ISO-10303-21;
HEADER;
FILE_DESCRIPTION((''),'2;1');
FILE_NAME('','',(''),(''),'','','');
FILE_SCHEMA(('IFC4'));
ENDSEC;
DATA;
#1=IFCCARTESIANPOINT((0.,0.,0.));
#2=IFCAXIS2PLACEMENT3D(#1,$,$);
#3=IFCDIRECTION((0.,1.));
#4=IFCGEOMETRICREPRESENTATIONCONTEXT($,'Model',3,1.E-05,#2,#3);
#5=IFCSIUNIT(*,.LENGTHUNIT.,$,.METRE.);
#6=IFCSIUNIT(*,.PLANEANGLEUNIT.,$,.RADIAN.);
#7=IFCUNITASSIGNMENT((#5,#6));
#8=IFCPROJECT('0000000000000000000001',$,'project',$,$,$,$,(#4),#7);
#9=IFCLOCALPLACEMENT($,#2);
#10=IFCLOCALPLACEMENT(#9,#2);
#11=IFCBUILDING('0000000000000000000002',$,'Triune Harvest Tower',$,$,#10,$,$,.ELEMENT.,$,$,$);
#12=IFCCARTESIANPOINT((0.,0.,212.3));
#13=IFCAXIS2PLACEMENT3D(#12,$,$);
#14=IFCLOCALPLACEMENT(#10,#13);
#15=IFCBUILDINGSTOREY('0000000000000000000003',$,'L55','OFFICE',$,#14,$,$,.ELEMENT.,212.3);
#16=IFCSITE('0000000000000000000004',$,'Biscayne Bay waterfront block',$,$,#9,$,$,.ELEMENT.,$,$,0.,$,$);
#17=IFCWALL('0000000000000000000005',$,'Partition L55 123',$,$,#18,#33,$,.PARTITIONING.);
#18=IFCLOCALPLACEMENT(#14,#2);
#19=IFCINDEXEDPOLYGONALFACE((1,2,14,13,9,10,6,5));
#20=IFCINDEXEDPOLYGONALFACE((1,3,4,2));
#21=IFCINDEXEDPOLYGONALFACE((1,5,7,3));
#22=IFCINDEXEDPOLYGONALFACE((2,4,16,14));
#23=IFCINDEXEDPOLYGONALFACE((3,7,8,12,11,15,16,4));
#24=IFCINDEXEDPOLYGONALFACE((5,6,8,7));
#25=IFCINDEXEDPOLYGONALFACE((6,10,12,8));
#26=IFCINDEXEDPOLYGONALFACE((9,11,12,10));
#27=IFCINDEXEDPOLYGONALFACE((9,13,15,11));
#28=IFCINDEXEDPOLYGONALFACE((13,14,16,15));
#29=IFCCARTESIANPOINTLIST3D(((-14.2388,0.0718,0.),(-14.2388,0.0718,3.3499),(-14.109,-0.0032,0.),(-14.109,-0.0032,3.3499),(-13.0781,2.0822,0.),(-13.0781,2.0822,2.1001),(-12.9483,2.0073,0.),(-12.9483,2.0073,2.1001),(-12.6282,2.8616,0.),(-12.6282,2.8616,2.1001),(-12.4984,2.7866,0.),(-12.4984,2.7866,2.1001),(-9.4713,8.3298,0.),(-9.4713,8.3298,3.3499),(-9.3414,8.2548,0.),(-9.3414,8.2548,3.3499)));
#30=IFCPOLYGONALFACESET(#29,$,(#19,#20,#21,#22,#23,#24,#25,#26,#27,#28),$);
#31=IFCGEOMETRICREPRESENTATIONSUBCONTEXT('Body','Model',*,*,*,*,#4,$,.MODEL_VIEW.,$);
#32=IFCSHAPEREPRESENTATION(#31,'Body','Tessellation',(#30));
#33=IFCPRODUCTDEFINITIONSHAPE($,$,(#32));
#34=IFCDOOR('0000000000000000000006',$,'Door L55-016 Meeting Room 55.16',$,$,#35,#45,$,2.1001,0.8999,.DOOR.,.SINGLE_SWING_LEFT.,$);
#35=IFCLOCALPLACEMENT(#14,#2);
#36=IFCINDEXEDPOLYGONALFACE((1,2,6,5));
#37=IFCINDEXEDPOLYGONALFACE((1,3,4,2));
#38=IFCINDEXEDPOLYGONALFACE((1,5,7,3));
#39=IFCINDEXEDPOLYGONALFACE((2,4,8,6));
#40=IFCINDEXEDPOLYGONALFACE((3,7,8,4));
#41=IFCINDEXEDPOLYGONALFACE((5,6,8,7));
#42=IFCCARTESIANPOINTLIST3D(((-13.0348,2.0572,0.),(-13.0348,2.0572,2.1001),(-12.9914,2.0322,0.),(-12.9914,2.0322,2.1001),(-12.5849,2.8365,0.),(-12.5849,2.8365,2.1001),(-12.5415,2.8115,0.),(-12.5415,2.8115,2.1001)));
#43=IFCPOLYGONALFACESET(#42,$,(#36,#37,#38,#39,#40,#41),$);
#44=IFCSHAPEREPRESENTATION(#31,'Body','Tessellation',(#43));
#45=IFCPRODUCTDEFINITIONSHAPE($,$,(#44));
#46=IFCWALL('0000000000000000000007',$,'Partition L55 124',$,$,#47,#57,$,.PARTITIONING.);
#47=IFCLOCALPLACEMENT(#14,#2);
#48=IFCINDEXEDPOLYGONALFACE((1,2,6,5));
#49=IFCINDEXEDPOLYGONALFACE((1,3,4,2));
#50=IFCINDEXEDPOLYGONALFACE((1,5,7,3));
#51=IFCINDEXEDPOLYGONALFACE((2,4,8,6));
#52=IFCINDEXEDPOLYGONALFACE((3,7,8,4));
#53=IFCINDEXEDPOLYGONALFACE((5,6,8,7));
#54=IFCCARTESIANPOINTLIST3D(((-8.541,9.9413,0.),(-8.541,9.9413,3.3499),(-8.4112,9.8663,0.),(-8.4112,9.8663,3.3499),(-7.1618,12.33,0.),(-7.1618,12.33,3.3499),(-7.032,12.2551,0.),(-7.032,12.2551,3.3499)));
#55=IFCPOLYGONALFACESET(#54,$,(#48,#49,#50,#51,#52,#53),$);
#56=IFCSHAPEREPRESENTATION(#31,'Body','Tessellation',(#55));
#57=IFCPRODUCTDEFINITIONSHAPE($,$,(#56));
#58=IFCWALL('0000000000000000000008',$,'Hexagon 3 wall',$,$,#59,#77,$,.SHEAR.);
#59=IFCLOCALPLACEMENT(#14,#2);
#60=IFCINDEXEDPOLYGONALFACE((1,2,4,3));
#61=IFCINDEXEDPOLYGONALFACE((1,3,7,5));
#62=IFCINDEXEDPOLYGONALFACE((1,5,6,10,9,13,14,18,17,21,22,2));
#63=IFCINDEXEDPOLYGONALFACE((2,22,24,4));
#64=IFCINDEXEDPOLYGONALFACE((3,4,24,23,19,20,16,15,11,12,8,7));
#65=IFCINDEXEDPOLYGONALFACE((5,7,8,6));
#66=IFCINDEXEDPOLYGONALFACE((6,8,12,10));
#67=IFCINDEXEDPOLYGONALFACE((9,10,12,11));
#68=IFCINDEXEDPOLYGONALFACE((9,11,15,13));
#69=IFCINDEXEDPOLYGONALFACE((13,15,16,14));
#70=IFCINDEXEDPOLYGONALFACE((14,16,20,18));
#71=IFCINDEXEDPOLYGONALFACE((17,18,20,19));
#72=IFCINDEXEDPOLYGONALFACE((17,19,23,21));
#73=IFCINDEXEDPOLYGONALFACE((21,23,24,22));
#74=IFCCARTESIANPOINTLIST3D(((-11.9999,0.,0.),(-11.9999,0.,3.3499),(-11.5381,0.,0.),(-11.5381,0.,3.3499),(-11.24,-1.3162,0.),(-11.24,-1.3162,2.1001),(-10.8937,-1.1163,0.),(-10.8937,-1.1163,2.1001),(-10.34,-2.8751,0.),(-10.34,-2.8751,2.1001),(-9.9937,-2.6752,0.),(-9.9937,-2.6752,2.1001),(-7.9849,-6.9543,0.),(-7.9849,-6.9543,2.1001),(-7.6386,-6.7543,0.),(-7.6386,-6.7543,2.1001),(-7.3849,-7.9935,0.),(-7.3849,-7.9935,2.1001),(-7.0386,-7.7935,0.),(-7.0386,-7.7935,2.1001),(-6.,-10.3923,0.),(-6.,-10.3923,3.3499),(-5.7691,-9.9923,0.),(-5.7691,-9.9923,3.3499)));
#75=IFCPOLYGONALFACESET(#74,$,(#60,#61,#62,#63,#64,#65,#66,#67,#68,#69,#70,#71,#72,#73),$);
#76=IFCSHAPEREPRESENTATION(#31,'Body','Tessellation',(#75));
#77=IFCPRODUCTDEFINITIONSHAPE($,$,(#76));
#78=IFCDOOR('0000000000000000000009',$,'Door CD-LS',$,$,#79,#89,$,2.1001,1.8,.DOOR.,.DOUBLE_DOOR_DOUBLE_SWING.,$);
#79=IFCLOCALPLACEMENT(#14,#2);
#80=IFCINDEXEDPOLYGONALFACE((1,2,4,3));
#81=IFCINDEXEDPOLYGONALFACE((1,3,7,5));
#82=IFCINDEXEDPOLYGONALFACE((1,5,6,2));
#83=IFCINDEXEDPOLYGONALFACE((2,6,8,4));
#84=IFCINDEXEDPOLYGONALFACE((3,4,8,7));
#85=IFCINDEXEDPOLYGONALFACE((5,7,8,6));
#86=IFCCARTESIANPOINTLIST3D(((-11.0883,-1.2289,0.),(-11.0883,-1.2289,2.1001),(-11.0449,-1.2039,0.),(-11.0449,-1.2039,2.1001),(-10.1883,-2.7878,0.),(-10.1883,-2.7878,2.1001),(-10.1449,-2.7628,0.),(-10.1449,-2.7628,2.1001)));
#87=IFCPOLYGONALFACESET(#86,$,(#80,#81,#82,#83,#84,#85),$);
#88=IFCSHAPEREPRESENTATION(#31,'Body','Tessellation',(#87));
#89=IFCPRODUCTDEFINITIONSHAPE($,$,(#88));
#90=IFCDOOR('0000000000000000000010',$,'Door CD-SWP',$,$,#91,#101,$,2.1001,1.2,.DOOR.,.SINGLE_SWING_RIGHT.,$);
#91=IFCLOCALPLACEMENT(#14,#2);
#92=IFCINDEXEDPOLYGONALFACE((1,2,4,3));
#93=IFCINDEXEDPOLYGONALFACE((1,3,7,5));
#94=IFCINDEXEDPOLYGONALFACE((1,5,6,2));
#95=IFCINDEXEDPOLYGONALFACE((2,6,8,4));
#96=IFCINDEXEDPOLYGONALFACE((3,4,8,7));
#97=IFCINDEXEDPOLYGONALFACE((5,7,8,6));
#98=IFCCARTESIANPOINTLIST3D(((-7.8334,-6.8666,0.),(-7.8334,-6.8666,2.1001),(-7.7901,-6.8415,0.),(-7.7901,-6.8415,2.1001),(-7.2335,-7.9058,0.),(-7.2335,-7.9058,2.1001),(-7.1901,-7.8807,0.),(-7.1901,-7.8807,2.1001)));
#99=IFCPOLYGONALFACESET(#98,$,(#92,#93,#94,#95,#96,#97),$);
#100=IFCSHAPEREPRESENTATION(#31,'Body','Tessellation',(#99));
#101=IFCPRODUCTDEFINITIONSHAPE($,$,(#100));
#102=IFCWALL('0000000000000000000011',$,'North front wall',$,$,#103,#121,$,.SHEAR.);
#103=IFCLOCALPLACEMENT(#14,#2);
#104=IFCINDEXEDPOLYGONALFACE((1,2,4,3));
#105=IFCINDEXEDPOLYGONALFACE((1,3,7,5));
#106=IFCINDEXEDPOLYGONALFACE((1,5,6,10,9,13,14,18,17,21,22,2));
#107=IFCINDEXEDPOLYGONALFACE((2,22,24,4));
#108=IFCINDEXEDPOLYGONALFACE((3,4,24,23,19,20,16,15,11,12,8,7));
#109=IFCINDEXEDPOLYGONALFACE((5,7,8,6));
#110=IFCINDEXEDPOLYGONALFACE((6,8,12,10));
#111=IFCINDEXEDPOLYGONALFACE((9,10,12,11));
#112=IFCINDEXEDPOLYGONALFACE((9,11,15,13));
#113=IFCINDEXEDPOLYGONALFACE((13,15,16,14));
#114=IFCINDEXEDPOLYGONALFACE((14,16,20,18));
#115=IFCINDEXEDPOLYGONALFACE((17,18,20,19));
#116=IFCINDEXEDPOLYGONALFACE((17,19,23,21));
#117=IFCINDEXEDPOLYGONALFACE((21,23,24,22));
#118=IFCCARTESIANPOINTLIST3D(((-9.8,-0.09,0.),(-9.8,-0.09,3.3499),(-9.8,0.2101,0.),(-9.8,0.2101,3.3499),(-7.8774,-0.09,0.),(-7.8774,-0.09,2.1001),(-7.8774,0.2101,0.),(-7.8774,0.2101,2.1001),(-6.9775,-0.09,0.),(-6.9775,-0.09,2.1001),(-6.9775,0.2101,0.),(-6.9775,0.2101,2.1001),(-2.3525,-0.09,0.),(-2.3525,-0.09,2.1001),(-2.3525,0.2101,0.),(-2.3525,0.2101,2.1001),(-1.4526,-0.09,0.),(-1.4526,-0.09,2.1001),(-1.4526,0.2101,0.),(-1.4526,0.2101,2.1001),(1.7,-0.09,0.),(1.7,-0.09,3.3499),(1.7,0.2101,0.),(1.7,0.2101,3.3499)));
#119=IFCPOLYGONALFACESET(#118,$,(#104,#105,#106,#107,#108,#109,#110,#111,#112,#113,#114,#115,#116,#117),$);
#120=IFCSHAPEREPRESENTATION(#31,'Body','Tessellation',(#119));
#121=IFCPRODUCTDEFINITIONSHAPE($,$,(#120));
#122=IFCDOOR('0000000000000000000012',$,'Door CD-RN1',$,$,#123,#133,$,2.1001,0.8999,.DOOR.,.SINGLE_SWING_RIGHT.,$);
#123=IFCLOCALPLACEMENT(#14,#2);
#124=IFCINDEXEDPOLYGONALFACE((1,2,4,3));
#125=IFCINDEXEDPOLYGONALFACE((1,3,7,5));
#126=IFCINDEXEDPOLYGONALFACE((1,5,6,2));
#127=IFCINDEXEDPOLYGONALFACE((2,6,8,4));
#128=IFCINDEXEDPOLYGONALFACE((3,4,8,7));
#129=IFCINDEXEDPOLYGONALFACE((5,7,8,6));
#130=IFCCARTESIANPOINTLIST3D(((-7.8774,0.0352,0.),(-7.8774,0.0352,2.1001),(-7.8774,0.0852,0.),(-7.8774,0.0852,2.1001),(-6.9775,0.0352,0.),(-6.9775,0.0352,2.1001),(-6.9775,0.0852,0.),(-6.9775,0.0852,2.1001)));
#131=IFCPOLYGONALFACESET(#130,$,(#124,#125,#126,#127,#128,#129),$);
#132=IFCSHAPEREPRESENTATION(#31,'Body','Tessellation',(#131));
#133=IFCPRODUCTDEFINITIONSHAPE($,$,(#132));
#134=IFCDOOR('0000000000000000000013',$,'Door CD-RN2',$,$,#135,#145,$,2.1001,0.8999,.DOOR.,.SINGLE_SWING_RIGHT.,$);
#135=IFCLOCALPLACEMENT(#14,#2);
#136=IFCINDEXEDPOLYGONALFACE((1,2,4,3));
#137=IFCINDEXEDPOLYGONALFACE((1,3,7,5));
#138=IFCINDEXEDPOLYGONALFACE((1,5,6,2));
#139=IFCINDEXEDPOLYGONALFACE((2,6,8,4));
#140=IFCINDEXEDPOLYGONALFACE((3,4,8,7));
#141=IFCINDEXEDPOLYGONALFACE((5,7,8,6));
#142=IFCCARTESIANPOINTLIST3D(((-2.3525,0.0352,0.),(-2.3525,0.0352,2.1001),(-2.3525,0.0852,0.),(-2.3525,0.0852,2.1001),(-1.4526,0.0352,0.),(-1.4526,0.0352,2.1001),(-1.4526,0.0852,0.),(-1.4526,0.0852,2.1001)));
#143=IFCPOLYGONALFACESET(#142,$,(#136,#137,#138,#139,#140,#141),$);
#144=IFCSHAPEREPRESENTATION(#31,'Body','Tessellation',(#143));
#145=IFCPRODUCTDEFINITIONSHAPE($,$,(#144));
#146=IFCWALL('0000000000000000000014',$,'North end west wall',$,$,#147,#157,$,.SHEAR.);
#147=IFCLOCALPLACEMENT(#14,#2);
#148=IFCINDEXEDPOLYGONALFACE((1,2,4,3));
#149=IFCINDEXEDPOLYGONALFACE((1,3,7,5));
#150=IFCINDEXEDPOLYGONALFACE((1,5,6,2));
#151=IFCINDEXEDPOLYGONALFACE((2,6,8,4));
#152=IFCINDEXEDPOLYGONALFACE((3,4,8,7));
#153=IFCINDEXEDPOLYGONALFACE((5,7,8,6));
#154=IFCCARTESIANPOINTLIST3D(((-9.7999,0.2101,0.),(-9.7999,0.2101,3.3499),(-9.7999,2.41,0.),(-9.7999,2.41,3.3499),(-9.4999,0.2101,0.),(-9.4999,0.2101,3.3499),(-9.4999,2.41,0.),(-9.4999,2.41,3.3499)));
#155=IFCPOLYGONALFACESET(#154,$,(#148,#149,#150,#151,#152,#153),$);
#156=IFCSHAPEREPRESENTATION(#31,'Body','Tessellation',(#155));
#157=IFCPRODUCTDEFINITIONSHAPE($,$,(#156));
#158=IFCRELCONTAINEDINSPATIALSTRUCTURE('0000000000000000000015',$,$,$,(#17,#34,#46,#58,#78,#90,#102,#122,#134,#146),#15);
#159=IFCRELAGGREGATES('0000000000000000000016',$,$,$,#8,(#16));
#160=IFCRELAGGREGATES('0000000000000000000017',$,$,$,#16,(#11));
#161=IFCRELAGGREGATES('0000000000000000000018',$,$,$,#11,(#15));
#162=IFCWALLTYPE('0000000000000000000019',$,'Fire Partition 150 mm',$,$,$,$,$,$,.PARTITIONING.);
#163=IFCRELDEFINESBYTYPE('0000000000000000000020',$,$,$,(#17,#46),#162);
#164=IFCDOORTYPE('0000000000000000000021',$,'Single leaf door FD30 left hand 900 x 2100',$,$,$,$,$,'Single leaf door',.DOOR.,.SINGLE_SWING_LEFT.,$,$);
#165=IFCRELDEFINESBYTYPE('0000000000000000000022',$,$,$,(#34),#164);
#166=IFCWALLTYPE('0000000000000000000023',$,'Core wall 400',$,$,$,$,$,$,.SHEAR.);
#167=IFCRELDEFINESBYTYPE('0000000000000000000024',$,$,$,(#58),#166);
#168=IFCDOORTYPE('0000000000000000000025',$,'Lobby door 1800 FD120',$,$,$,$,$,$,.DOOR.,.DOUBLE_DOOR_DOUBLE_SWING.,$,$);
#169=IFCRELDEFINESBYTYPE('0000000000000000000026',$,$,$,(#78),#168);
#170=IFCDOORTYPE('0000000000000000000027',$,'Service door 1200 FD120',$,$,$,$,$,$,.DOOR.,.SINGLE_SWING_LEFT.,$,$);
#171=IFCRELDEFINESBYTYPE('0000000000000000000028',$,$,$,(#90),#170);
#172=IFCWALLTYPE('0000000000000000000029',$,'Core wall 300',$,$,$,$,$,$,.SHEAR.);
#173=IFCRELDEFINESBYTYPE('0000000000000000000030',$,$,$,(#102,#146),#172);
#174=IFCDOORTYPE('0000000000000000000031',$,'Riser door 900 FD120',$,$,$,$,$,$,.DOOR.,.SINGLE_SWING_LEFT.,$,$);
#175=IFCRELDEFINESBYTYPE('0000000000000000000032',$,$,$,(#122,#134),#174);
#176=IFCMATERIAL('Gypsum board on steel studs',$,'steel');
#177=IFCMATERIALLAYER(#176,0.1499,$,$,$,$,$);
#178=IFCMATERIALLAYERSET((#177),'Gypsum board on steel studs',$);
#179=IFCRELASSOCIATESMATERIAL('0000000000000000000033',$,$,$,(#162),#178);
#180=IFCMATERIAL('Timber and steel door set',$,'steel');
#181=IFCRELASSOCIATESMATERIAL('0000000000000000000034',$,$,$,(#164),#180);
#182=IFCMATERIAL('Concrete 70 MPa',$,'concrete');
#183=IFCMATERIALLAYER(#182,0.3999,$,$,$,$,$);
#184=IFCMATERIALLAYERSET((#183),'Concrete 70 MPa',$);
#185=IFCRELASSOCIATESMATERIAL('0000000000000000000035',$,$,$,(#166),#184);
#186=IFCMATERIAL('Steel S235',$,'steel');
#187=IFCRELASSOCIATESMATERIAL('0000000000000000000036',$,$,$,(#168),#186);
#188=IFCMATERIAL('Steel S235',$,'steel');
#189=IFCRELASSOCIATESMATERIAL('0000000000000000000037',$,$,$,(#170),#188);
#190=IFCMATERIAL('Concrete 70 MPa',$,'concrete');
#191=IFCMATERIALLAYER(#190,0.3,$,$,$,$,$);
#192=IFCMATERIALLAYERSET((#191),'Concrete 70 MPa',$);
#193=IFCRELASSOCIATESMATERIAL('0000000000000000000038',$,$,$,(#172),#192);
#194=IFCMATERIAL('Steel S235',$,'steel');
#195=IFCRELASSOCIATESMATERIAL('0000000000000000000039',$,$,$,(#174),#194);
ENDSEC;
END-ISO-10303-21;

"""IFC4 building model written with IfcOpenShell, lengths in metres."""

from ifc_helpers import new_model, si_unit, direction, frame, frame_2d, origin, place, context, subcontext, project, spatial, polyline, rectangle, outline, extrude, source, transform, mapped, material, layer, layer_set, type_object, element, fill, save


model = new_model("IFC4")

# Units and contexts
model_context = context("Model", 3, precision=1e-05, world=origin(), true_north=direction((0.0, 1.0)))
body_context = subcontext(model_context, "Body", "Model", "MODEL_VIEW")
ifc_project = project(units=[si_unit("LENGTHUNIT", "METRE"), si_unit("PLANEANGLEUNIT", "RADIAN")], contexts=[model_context])

# Site, building, storey
site_placement = place(None, origin())
site = spatial("IfcSite", under=ifc_project, at=site_placement, Name="Biscayne Bay waterfront block", CompositionType="ELEMENT", RefElevation=0.0)
building_placement = place(site_placement, origin())
building = spatial("IfcBuilding", under=site, at=building_placement, Name="Triune Harvest Tower", CompositionType="ELEMENT")
storey_placement = place(building_placement, frame((0.0, 0.0, 212.3)))
storey = spatial("IfcBuildingStorey", under=building, at=storey_placement, Name="L55", Description="OFFICE", CompositionType="ELEMENT", Elevation=212.3)

# Shared definitions
ifc_material_1 = material(Name="Gypsum board on steel studs", Category="steel")
ifc_layer_1 = layer(ifc_material_1, 0.1499)
ifc_layer_set_1 = layer_set([ifc_layer_1], Name="Gypsum board on steel studs")
wall_type_1 = type_object("IfcWallType", Name="Fire Partition 150 mm", PredefinedType="PARTITIONING", material=ifc_layer_set_1)
ifc_material_2 = material(Name="Timber and steel door set", Category="steel")
door_type_1 = type_object("IfcDoorType", Name="Single leaf door FD30 left hand 900 x 2100", ElementType="Single leaf door", OperationType="SINGLE_SWING_LEFT", PredefinedType="DOOR", material=ifc_material_2)

# Wall, opening, door
wall_1_placement = place(storey_placement, frame((-14.1738, 0.0344, 0.0), z_axis=(0.0, 0.0, 1.0), x_axis=(0.499983, 0.866035, 0.0)))
wall_1 = element("IfcWall", 1, at=wall_1_placement, inside=storey, type_object=wall_type_1, Name="Partition L55 123", PredefinedType="PARTITIONING", context=body_context, shape_type="SweptSolid", body=[
    extrude(rectangle(XDim=9.5354, YDim=0.1499, at=frame_2d((4.7676, 0.0))), origin(), (0.0, 0.0, 1.0), 3.3499),
])
opening_1_placement = place(wall_1_placement, frame((2.3213, 0.0, 0.0)))
opening_1 = element("IfcOpeningElement", 2, at=opening_1_placement, cuts=wall_1, PredefinedType="OPENING", context=body_context, shape_type="SweptSolid", body=[
    extrude(rectangle(XDim=0.8999, YDim=2.1001, at=frame_2d((0.45, 1.05))), frame((0.0, 0.085, 0.0), z_axis=(0.0, -1.0, 0.0), x_axis=(1.0, 0.0, 0.0)), (0.0, 0.0, 1.0), 0.1699),
])
door_1_placement = place(opening_1_placement, origin())
door_1 = element("IfcDoor", 3, at=door_1_placement, inside=storey, type_object=door_type_1, Name="Door L55-016 Meeting Room 55.16", OperationType="SINGLE_SWING_LEFT", OverallHeight=2.1001, OverallWidth=0.8999, PredefinedType="DOOR", context=body_context, shape_type="SweptSolid", body=[
    extrude(rectangle(XDim=0.8999, YDim=2.1001, at=frame_2d((0.45, 1.05))), frame((0.0, 0.0249, 0.0), z_axis=(0.0, -1.0, 0.0), x_axis=(1.0, 0.0, 0.0)), (0.0, 0.0, 1.0), 0.05),
])
fill(opening_1, door_1)

# Wall
wall_2_placement = place(storey_placement, frame((-8.4761, 9.9038, 0.0), z_axis=(0.0, 0.0, 1.0), x_axis=(0.500014, 0.866018, 0.0)))
element("IfcWall", 4, at=wall_2_placement, inside=storey, type_object=wall_type_1, Name="Partition L55 124", PredefinedType="PARTITIONING", context=body_context, shape_type="SweptSolid", body=[
    extrude(rectangle(XDim=2.7583, YDim=0.1499, at=frame_2d((1.3792, 0.0))), origin(), (0.0, 0.0, 1.0), 3.3499),
])

# Walls, openings, doors
ifc_material_3 = material(Name="Concrete 70 MPa", Category="concrete")
ifc_layer_2 = layer(ifc_material_3, 0.3999)
ifc_layer_set_2 = layer_set([ifc_layer_2], Name="Concrete 70 MPa")
wall_type_2 = type_object("IfcWallType", Name="Core wall 400", PredefinedType="SHEAR", material=ifc_layer_set_2)
shared_shape_1 = source(origin(), body_context, "Body", "SweptSolid", [
    extrude(outline(polyline([(-0.1155, -0.2), (11.8845, -0.2), (11.6536, 0.2), (0.1155, 0.2), (-0.1155, -0.2)])), origin(), (0.0, 0.0, 1.0), 3.3499),
])
wall_3_placement = place(storey_placement, frame((-11.769, 0.0, 0.0), z_axis=(0.0, 0.0, 1.0), x_axis=(0.499997, -0.866027, 0.0)))
wall_3 = element("IfcWall", 5, at=wall_3_placement, inside=storey, type_object=wall_type_2, Name="Hexagon 3 wall", PredefinedType="SHEAR", context=body_context, shape_type="MappedRepresentation", body=[
    mapped(shared_shape_1, transform((0.0, 0.0, 0.0), scale=1.0)),
])
opening_2_placement = place(wall_3_placement, frame((1.4045, 0.0, 0.0)))
opening_2 = element("IfcOpeningElement", 6, at=opening_2_placement, cuts=wall_3, PredefinedType="OPENING", context=body_context, shape_type="SweptSolid", body=[
    extrude(rectangle(XDim=1.8, YDim=2.1001, at=frame_2d((0.8999, 1.05))), frame((0.0, 0.21, 0.0), z_axis=(0.0, -1.0, 0.0), x_axis=(1.0, 0.0, 0.0)), (0.0, 0.0, 1.0), 0.4199),
])
opening_3_placement = place(wall_3_placement, frame((7.9146, 0.0, 0.0)))
opening_3 = element("IfcOpeningElement", 7, at=opening_3_placement, cuts=wall_3, PredefinedType="OPENING", context=body_context, shape_type="SweptSolid", body=[
    extrude(rectangle(XDim=1.2, YDim=2.1001, at=frame_2d((0.6001, 1.05))), frame((0.0, 0.21, 0.0), z_axis=(0.0, -1.0, 0.0), x_axis=(1.0, 0.0, 0.0)), (0.0, 0.0, 1.0), 0.4199),
])
ifc_material_4 = material(Name="Steel S235", Category="steel")
door_type_2 = type_object("IfcDoorType", Name="Lobby door 1800 FD120", OperationType="DOUBLE_DOOR_DOUBLE_SWING", PredefinedType="DOOR", material=ifc_material_4)
door_2_placement = place(opening_2_placement, frame((1.8, 0.0, 0.0), z_axis=(0.0, 0.0, 1.0), x_axis=(-1.0, 0.0, 0.0)))
door_2 = element("IfcDoor", 8, at=door_2_placement, inside=storey, type_object=door_type_2, Name="Door CD-LS", OperationType="DOUBLE_DOOR_DOUBLE_SWING", OverallHeight=2.1001, OverallWidth=1.8, PredefinedType="DOOR", context=body_context, shape_type="SweptSolid", body=[
    extrude(rectangle(XDim=1.8, YDim=2.1001, at=frame_2d((0.8999, 1.05))), frame((0.0, 0.0249, 0.0), z_axis=(0.0, -1.0, 0.0), x_axis=(1.0, 0.0, 0.0)), (0.0, 0.0, 1.0), 0.05),
])
fill(opening_2, door_2)
ifc_material_5 = material(Name="Steel S235", Category="steel")
door_type_3 = type_object("IfcDoorType", Name="Service door 1200 FD120", OperationType="SINGLE_SWING_LEFT", PredefinedType="DOOR", material=ifc_material_5)
door_3_placement = place(opening_3_placement, frame((1.2, 0.0, 0.0), z_axis=(0.0, 0.0, 1.0), x_axis=(-1.0, 0.0, 0.0)))
door_3 = element("IfcDoor", 9, at=door_3_placement, inside=storey, type_object=door_type_3, Name="Door CD-SWP", OperationType="SINGLE_SWING_RIGHT", OverallHeight=2.1001, OverallWidth=1.2, PredefinedType="DOOR", context=body_context, shape_type="SweptSolid", body=[
    extrude(rectangle(XDim=1.2, YDim=2.1001, at=frame_2d((0.6001, 1.05))), frame((0.0, 0.0249, 0.0), z_axis=(0.0, -1.0, 0.0), x_axis=(1.0, 0.0, 0.0)), (0.0, 0.0, 1.0), 0.05),
])
fill(opening_3, door_3)
ifc_material_6 = material(Name="Concrete 70 MPa", Category="concrete")
ifc_layer_3 = layer(ifc_material_6, 0.3)
ifc_layer_set_3 = layer_set([ifc_layer_3], Name="Concrete 70 MPa")
wall_type_3 = type_object("IfcWallType", Name="Core wall 300", PredefinedType="SHEAR", material=ifc_layer_set_3)
shared_shape_2 = source(origin(), body_context, "Body", "SweptSolid", [
    extrude(rectangle(XDim=11.5, YDim=0.3, at=frame_2d((5.75, 0.0))), origin(), (0.0, 0.0, 1.0), 3.3499),
])
wall_4_placement = place(storey_placement, frame((-9.8, 0.0601, 0.0), z_axis=(0.0, 0.0, 1.0), x_axis=(1.0, 0.0, 0.0)))
wall_4 = element("IfcWall", 10, at=wall_4_placement, inside=storey, type_object=wall_type_3, Name="North front wall", PredefinedType="SHEAR", context=body_context, shape_type="MappedRepresentation", body=[
    mapped(shared_shape_2, transform((0.0, 0.0, 0.0), scale=1.0)),
])
opening_4_placement = place(wall_4_placement, frame((1.9226, 0.0, 0.0)))
opening_4 = element("IfcOpeningElement", 11, at=opening_4_placement, cuts=wall_4, PredefinedType="OPENING", context=body_context, shape_type="SweptSolid", body=[
    extrude(rectangle(XDim=0.8999, YDim=2.1001, at=frame_2d((0.45, 1.05))), frame((0.0, 0.1602, 0.0), z_axis=(0.0, -1.0, 0.0), x_axis=(1.0, 0.0, 0.0)), (0.0, 0.0, 1.0), 0.3201),
])
opening_5_placement = place(wall_4_placement, frame((7.4475, 0.0, 0.0)))
opening_5 = element("IfcOpeningElement", 12, at=opening_5_placement, cuts=wall_4, PredefinedType="OPENING", context=body_context, shape_type="SweptSolid", body=[
    extrude(rectangle(XDim=0.8999, YDim=2.1001, at=frame_2d((0.45, 1.05))), frame((0.0, 0.1602, 0.0), z_axis=(0.0, -1.0, 0.0), x_axis=(1.0, 0.0, 0.0)), (0.0, 0.0, 1.0), 0.3201),
])
ifc_material_7 = material(Name="Steel S235", Category="steel")
door_type_4 = type_object("IfcDoorType", Name="Riser door 900 FD120", OperationType="SINGLE_SWING_LEFT", PredefinedType="DOOR", material=ifc_material_7)
door_4_placement = place(opening_4_placement, frame((0.8999, 0.0, 0.0), z_axis=(0.0, 0.0, 1.0), x_axis=(-1.0, 0.0, 0.0)))
door_4 = element("IfcDoor", 13, at=door_4_placement, inside=storey, type_object=door_type_4, Name="Door CD-RN1", OperationType="SINGLE_SWING_RIGHT", OverallHeight=2.1001, OverallWidth=0.8999, PredefinedType="DOOR", context=body_context, shape_type="SweptSolid", body=[
    extrude(rectangle(XDim=0.8999, YDim=2.1001, at=frame_2d((0.45, 1.05))), frame((0.0, 0.0249, 0.0), z_axis=(0.0, -1.0, 0.0), x_axis=(1.0, 0.0, 0.0)), (0.0, 0.0, 1.0), 0.05),
])
fill(opening_4, door_4)
door_5_placement = place(opening_5_placement, frame((0.8999, 0.0, 0.0), z_axis=(0.0, 0.0, 1.0), x_axis=(-1.0, 0.0, 0.0)))
door_5 = element("IfcDoor", 14, at=door_5_placement, inside=storey, type_object=door_type_4, Name="Door CD-RN2", OperationType="SINGLE_SWING_RIGHT", OverallHeight=2.1001, OverallWidth=0.8999, PredefinedType="DOOR", context=body_context, shape_type="SweptSolid", body=[
    extrude(rectangle(XDim=0.8999, YDim=2.1001, at=frame_2d((0.45, 1.05))), frame((0.0, 0.0249, 0.0), z_axis=(0.0, -1.0, 0.0), x_axis=(1.0, 0.0, 0.0)), (0.0, 0.0, 1.0), 0.05),
])
fill(opening_5, door_5)

# Wall
shared_shape_3 = source(origin(), body_context, "Body", "SweptSolid", [
    extrude(rectangle(XDim=2.2, YDim=0.3, at=frame_2d((1.1001, 0.0))), origin(), (0.0, 0.0, 1.0), 3.3499),
])
wall_5_placement = place(storey_placement, frame((-9.6499, 0.21, 0.0), z_axis=(0.0, 0.0, 1.0), x_axis=(0.0, 1.0, 0.0)))
element("IfcWall", 15, at=wall_5_placement, inside=storey, type_object=wall_type_3, Name="North end west wall", PredefinedType="SHEAR", context=body_context, shape_type="MappedRepresentation", body=[
    mapped(shared_shape_3, transform((0.0, 0.0, 0.0), scale=1.0)),
])

save(model, "model.ifc")
